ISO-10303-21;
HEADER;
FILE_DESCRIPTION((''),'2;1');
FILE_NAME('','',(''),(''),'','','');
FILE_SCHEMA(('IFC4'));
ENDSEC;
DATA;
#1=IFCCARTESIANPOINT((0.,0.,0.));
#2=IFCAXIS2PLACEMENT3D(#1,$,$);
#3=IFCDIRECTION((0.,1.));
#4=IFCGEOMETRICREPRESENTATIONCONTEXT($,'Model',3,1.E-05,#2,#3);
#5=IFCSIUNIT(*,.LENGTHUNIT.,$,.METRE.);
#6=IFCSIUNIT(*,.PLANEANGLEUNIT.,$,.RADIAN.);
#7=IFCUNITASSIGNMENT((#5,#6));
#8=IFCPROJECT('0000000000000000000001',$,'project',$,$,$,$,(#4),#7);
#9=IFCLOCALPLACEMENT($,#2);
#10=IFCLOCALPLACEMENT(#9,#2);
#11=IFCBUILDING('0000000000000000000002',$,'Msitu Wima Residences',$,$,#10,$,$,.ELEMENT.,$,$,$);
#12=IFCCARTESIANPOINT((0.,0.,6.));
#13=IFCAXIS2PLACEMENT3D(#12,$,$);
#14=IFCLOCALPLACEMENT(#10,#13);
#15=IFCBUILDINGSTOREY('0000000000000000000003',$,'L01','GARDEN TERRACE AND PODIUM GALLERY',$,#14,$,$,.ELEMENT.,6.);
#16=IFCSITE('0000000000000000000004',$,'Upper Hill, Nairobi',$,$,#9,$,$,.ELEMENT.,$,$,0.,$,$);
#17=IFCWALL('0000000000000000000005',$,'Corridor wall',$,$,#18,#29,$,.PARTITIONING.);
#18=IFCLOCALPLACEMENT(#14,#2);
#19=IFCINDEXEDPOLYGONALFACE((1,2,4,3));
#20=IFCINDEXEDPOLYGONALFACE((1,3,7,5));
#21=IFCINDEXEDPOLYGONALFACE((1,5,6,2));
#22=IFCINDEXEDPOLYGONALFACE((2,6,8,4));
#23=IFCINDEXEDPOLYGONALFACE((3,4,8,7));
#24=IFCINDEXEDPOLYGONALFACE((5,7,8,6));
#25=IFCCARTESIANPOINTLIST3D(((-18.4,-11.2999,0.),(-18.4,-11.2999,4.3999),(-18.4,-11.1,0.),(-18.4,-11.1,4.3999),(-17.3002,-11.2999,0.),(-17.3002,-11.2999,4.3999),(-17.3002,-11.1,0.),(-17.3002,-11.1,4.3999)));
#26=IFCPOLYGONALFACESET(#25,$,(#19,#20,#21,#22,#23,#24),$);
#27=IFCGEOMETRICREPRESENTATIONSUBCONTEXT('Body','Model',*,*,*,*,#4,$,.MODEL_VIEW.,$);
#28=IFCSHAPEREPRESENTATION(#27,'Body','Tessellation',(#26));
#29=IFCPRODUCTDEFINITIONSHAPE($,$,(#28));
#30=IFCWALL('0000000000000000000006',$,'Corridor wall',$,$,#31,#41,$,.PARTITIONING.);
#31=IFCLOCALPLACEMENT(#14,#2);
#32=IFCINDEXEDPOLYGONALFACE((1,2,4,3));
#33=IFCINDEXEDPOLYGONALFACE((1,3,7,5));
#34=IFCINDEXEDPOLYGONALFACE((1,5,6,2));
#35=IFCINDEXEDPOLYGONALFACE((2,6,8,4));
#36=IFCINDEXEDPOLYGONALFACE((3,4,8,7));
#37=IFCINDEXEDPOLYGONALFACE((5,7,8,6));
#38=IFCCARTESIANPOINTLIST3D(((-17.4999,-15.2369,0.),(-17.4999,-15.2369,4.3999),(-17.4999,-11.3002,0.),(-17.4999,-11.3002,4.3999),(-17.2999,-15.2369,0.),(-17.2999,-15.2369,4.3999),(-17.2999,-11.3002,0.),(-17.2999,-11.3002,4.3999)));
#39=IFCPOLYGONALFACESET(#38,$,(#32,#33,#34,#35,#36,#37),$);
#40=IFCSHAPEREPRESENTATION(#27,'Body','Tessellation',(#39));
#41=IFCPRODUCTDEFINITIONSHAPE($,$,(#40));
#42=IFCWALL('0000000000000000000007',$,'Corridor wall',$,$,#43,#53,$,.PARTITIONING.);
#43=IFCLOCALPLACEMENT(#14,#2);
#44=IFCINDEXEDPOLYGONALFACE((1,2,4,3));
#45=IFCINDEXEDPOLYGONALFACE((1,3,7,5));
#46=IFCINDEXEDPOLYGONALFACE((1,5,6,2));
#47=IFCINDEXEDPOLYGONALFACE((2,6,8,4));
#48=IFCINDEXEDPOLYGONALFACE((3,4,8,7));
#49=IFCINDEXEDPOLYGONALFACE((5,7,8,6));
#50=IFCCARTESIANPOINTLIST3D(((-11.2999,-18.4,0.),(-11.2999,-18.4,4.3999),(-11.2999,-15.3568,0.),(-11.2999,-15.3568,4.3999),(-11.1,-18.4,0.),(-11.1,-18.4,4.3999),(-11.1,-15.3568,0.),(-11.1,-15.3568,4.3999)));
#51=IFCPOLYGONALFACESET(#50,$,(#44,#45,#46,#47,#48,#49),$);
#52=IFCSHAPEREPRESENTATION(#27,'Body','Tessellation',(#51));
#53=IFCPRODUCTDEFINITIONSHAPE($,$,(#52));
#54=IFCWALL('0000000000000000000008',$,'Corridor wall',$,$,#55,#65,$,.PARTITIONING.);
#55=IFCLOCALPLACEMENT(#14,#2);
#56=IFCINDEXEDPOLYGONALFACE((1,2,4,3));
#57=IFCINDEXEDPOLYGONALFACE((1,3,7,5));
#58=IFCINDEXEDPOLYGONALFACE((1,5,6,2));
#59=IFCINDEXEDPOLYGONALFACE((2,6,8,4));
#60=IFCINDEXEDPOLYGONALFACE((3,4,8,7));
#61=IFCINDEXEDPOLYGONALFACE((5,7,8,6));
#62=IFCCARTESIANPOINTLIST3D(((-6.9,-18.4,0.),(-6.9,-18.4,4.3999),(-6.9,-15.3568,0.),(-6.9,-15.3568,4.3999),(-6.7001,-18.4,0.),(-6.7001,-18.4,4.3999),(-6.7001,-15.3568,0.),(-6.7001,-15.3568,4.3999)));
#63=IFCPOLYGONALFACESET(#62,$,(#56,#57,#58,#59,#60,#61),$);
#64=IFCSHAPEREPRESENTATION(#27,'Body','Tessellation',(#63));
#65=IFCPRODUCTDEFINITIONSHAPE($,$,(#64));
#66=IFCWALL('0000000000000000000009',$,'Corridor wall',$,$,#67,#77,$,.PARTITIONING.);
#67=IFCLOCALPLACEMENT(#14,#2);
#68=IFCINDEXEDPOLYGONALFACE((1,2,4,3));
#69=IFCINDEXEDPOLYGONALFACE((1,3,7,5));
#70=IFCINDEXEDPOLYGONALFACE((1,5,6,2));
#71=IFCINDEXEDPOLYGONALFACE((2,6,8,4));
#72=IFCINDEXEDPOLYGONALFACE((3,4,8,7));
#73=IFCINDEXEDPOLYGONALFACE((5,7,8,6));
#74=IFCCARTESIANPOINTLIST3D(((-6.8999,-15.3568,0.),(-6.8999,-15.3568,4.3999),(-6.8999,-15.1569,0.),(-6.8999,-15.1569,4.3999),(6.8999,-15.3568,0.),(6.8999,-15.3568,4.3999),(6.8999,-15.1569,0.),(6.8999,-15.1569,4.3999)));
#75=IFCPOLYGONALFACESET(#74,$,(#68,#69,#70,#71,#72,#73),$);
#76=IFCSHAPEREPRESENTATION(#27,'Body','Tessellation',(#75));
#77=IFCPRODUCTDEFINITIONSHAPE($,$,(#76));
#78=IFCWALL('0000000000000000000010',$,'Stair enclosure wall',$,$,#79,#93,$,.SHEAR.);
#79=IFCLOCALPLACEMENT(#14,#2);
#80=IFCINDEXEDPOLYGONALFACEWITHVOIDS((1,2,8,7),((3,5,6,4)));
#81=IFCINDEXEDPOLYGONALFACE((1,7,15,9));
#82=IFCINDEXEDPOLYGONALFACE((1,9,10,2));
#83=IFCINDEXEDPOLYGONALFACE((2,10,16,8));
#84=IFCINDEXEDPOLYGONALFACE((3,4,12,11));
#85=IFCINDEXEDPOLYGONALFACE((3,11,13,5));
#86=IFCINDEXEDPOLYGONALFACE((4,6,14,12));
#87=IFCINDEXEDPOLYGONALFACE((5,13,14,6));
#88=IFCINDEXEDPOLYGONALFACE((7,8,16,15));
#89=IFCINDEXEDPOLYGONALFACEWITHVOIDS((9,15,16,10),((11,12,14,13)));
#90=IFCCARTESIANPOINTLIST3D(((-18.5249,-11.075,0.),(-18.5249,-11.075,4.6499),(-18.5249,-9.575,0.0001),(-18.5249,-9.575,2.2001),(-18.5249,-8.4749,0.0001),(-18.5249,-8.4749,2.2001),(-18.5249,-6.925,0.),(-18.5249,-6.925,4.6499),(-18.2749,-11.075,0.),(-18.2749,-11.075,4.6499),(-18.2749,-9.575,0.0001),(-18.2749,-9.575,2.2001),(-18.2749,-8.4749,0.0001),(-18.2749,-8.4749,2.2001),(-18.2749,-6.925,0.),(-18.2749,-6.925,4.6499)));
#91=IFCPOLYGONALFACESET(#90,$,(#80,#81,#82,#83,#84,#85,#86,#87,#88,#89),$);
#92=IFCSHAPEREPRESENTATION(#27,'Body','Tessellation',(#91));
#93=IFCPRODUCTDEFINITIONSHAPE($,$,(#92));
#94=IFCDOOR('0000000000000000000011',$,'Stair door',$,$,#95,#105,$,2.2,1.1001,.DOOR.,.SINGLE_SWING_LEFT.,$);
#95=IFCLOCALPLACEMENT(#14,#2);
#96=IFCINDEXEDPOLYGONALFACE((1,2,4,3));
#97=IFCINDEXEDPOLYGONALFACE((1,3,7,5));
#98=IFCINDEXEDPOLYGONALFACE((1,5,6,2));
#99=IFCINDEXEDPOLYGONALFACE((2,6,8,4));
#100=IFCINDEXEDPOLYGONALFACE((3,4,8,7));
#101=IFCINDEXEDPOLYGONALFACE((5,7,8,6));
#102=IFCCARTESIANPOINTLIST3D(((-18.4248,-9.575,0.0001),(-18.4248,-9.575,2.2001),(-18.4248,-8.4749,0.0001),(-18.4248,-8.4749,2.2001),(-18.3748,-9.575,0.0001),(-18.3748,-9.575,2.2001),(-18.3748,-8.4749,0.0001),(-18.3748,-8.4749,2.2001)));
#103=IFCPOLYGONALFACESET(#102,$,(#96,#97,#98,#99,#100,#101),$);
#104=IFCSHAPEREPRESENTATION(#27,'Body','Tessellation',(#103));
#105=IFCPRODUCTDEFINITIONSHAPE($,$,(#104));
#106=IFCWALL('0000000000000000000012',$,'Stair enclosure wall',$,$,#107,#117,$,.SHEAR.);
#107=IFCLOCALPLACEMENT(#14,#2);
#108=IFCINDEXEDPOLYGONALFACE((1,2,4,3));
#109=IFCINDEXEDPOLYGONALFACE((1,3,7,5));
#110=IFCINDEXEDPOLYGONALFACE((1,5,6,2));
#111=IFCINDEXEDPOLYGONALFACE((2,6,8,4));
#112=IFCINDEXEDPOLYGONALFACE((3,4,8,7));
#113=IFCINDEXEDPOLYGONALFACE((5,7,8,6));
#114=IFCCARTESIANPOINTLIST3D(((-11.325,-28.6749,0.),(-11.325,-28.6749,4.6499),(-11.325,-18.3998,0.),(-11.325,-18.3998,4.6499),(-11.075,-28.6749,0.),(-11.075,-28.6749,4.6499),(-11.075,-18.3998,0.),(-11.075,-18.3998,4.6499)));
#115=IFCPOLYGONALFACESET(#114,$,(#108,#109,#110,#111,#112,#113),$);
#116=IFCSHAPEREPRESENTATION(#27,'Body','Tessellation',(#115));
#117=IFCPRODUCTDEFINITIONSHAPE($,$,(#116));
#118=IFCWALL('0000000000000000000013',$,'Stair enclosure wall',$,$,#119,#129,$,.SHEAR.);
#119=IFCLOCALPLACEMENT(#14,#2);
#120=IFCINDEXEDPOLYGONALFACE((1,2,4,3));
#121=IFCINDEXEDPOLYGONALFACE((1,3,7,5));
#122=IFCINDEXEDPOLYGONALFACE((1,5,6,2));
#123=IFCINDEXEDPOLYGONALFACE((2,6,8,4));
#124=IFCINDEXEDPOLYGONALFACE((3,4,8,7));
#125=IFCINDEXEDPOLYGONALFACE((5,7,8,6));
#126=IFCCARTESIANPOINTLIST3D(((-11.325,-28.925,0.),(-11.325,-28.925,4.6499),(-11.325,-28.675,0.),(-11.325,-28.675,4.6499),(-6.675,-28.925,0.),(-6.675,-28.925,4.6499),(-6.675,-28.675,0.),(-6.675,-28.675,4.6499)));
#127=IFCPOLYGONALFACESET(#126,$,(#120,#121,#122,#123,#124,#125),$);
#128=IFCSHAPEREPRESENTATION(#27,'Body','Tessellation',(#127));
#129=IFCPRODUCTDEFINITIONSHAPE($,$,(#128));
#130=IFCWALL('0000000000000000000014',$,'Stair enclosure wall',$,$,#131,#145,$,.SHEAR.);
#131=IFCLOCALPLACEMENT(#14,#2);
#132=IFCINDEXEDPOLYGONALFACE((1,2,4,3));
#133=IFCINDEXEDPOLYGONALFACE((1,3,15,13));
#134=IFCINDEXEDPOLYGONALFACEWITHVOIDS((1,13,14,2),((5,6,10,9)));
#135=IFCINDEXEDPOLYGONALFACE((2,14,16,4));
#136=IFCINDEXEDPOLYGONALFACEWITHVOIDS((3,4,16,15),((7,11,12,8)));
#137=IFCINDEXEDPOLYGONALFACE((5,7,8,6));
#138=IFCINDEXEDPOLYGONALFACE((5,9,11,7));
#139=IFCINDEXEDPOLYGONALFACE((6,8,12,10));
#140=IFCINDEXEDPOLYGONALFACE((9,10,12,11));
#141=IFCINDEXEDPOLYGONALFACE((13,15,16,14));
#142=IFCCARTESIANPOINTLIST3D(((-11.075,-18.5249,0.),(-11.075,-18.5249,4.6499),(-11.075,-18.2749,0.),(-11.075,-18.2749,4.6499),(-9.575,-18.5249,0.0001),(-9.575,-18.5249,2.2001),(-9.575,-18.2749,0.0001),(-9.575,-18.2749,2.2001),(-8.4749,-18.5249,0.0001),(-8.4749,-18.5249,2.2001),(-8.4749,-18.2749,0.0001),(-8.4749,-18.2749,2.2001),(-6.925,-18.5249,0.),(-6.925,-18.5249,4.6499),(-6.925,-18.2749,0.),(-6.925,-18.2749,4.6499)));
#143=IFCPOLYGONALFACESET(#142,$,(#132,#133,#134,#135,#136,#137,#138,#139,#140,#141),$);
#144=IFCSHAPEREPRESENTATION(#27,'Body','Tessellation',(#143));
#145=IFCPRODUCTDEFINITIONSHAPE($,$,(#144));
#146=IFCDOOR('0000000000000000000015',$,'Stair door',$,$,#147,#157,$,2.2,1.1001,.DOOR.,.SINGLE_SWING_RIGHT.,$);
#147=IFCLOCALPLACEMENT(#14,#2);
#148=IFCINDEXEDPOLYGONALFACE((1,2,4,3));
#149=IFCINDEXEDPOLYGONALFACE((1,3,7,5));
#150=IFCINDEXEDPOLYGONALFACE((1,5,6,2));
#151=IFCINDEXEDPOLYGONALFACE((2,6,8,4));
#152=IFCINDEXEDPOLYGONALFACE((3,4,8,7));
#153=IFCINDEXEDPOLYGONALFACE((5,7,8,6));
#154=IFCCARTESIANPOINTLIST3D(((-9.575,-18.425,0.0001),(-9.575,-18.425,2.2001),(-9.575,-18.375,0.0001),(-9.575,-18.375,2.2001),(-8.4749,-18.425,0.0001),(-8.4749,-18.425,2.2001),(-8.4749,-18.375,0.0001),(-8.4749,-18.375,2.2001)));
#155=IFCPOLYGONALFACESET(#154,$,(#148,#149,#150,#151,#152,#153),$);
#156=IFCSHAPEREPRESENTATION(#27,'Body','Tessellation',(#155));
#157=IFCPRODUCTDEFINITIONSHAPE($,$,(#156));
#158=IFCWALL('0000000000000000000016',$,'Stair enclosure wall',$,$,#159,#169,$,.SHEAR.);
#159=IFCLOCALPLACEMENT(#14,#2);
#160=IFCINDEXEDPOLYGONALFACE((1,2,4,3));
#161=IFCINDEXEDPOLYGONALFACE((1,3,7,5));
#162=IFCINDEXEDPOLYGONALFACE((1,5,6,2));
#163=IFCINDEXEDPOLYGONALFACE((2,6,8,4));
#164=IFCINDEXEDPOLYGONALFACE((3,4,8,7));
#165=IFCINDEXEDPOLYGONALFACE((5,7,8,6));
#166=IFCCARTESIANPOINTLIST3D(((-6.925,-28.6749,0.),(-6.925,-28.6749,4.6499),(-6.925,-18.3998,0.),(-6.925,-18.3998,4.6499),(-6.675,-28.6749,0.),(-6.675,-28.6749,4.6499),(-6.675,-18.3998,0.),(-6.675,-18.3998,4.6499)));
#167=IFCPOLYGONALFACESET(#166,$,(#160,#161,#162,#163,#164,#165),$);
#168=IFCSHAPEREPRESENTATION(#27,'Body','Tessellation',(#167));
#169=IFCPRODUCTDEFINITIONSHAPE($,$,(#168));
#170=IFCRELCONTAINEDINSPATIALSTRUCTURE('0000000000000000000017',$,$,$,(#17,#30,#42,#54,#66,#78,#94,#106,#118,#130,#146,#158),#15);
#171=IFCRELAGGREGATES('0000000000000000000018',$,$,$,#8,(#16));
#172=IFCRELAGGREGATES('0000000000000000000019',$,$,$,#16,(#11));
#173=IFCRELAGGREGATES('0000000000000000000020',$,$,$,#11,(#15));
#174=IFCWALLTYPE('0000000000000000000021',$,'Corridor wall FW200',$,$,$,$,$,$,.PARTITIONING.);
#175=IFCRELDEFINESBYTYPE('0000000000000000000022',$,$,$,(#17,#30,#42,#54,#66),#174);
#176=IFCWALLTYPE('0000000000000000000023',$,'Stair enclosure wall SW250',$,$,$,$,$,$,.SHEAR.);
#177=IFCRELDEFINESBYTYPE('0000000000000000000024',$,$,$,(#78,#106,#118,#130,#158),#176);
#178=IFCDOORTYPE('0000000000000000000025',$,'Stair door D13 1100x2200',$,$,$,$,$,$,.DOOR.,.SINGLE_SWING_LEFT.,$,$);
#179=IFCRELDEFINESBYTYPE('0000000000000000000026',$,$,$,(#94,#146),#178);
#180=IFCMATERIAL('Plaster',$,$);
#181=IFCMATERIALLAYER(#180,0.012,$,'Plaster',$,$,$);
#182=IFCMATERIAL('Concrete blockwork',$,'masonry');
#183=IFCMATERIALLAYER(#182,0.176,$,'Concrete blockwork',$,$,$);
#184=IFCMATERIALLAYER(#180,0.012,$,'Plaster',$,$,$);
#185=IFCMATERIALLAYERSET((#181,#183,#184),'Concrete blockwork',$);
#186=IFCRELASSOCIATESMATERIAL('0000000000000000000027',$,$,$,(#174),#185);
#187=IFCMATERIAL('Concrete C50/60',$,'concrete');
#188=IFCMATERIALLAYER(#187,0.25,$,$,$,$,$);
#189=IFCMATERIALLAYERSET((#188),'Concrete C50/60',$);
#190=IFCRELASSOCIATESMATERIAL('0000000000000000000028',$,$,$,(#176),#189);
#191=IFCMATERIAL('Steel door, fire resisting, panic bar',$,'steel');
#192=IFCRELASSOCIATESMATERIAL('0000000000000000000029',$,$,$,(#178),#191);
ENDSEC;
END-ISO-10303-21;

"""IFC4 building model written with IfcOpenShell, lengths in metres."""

from ifc_helpers import new_model, si_unit, direction, frame, frame_2d, origin, place, context, subcontext, project, spatial, rectangle, extrude, material, layer, layer_set, type_object, element, fill, save


model = new_model("IFC4")

# Units and contexts
model_context = context("Model", 3, precision=1e-05, world=origin(), true_north=direction((0.0, 1.0)))
body_context = subcontext(model_context, "Body", "Model", "MODEL_VIEW")
ifc_project = project(units=[si_unit("LENGTHUNIT", "METRE"), si_unit("PLANEANGLEUNIT", "RADIAN")], contexts=[model_context])

# Site, building, storey
site_placement = place(None, origin())
site = spatial("IfcSite", under=ifc_project, at=site_placement, Name="Upper Hill, Nairobi", CompositionType="ELEMENT", RefElevation=0.0)
building_placement = place(site_placement, origin())
building = spatial("IfcBuilding", under=site, at=building_placement, Name="Msitu Wima Residences", CompositionType="ELEMENT")
storey_placement = place(building_placement, frame((0.0, 0.0, 6.0)))
storey = spatial("IfcBuildingStorey", under=building, at=storey_placement, Name="L01", Description="GARDEN TERRACE AND PODIUM GALLERY", CompositionType="ELEMENT", Elevation=6.0)

# Shared definitions
ifc_material_1 = material(Name="Steel door, fire resisting, panic bar", Category="steel")

# Walls
ifc_material_2 = material(Name="Plaster")
ifc_layer_1 = layer(ifc_material_2, 0.012, Name="Plaster")
ifc_material_3 = material(Name="Concrete blockwork", Category="masonry")
ifc_layer_2 = layer(ifc_material_3, 0.176, Name="Concrete blockwork")
ifc_layer_3 = layer(ifc_material_2, 0.012, Name="Plaster")
ifc_layer_set_1 = layer_set([ifc_layer_1, ifc_layer_2, ifc_layer_3], Name="Concrete blockwork")
wall_type_1 = type_object("IfcWallType", Name="Corridor wall FW200", PredefinedType="PARTITIONING", material=ifc_layer_set_1)
wall_1_placement = place(storey_placement, frame((-18.3999, -11.2, 0.0), z_axis=(0.0, 0.0, 1.0), x_axis=(1.0, 0.0, 0.0)))
element("IfcWall", 1, at=wall_1_placement, inside=storey, type_object=wall_type_1, Name="Corridor wall", PredefinedType="PARTITIONING", context=body_context, shape_type="SweptSolid", body=[
    extrude(rectangle(XDim=1.0999, YDim=0.2, at=frame_2d((0.5498, 0.0))), origin(), (0.0, 0.0, 1.0), 4.3999),
])
wall_2_placement = place(storey_placement, frame((-17.3999, -15.2368, 0.0), z_axis=(0.0, 0.0, 1.0), x_axis=(0.0, 1.0, 0.0)))
element("IfcWall", 2, at=wall_2_placement, inside=storey, type_object=wall_type_1, Name="Corridor wall", PredefinedType="PARTITIONING", context=body_context, shape_type="SweptSolid", body=[
    extrude(rectangle(XDim=3.9368, YDim=0.2, at=frame_2d((1.9683, 0.0))), origin(), (0.0, 0.0, 1.0), 4.3999),
])

# Walls
for number, where, z_axis, x_axis, name in (
    (3, (-11.2, -18.3999, 0.0), (0.0, 0.0, 1.0), (0.0, 1.0, 0.0), "Corridor wall"),
    (4, (-6.8, -18.3999, 0.0), (0.0, 0.0, 1.0), (0.0, 1.0, 0.0), "Corridor wall"),
):
    element("IfcWall", number, at=place(storey_placement, frame(where, z_axis=z_axis, x_axis=x_axis)), inside=storey, type_object=wall_type_1, Name=name, PredefinedType="PARTITIONING", context=body_context, shape_type="SweptSolid", body=[
        extrude(rectangle(XDim=3.0432, YDim=0.2, at=frame_2d((1.5215, 0.0))), origin(), (0.0, 0.0, 1.0), 4.3999),
    ])
wall_3_placement = place(storey_placement, frame((-6.8999, -15.2568, 0.0), z_axis=(0.0, 0.0, 1.0), x_axis=(1.0, 0.0, 0.0)))
element("IfcWall", 5, at=wall_3_placement, inside=storey, type_object=wall_type_1, Name="Corridor wall", PredefinedType="PARTITIONING", context=body_context, shape_type="SweptSolid", body=[
    extrude(rectangle(XDim=13.7998, YDim=0.2, at=frame_2d((6.8999, 0.0))), origin(), (0.0, 0.0, 1.0), 4.3999),
])

# Wall, opening, door
ifc_material_4 = material(Name="Concrete C50/60", Category="concrete")
ifc_layer_4 = layer(ifc_material_4, 0.25)
ifc_layer_set_2 = layer_set([ifc_layer_4], Name="Concrete C50/60")
wall_type_2 = type_object("IfcWallType", Name="Stair enclosure wall SW250", PredefinedType="SHEAR", material=ifc_layer_set_2)
wall_4_placement = place(storey_placement, frame((-18.3999, -11.075, 0.0), z_axis=(0.0, 0.0, 1.0), x_axis=(0.0, 1.0, 0.0)))
wall_4 = element("IfcWall", 6, at=wall_4_placement, inside=storey, type_object=wall_type_2, Name="Stair enclosure wall", PredefinedType="SHEAR", context=body_context, shape_type="SweptSolid", body=[
    extrude(rectangle(XDim=4.1499, YDim=0.25, at=frame_2d((2.075, 0.0))), origin(), (0.0, 0.0, 1.0), 4.6499),
])
opening_1_placement = place(wall_4_placement, frame((1.5, 0.0, 0.0)))
opening_1 = element("IfcOpeningElement", 7, at=opening_1_placement, cuts=wall_4, PredefinedType="OPENING", context=body_context, shape_type="SweptSolid", body=[
    extrude(rectangle(XDim=1.1001, YDim=2.2, at=frame_2d((0.55, 1.1001))), frame((0.0, 0.135, 0.0), z_axis=(0.0, -1.0, 0.0), x_axis=(1.0, 0.0, 0.0)), (0.0, 0.0, 1.0), 0.27),
])
door_type_1 = type_object("IfcDoorType", Name="Stair door D13 1100x2200", OperationType="SINGLE_SWING_LEFT", PredefinedType="DOOR", material=ifc_material_1)
door_1_placement = place(opening_1_placement, origin())
door_1 = element("IfcDoor", 8, at=door_1_placement, inside=storey, type_object=door_type_1, Name="Stair door", OperationType="SINGLE_SWING_LEFT", OverallHeight=2.2, OverallWidth=1.1001, PredefinedType="DOOR", context=body_context, shape_type="SweptSolid", body=[
    extrude(rectangle(XDim=1.1001, YDim=2.2, at=frame_2d((0.55, 1.1001))), frame((0.0, 0.0249, 0.0), z_axis=(0.0, -1.0, 0.0), x_axis=(1.0, 0.0, 0.0)), (0.0, 0.0, 1.0), 0.05),
])
fill(opening_1, door_1)

# Walls
wall_5_placement = place(storey_placement, frame((-11.2, -28.675, 0.0), z_axis=(0.0, 0.0, 1.0), x_axis=(0.0, 1.0, 0.0)))
element("IfcWall", 9, at=wall_5_placement, inside=storey, type_object=wall_type_2, Name="Stair enclosure wall", PredefinedType="SHEAR", context=body_context, shape_type="SweptSolid", body=[
    extrude(rectangle(XDim=10.2751, YDim=0.25, at=frame_2d((5.1377, 0.0))), origin(), (0.0, 0.0, 1.0), 4.6499),
])
wall_6_placement = place(storey_placement, frame((-11.325, -28.8, 0.0), z_axis=(0.0, 0.0, 1.0), x_axis=(1.0, 0.0, 0.0)))
element("IfcWall", 10, at=wall_6_placement, inside=storey, type_object=wall_type_2, Name="Stair enclosure wall", PredefinedType="SHEAR", context=body_context, shape_type="SweptSolid", body=[
    extrude(rectangle(XDim=4.6499, YDim=0.25, at=frame_2d((2.325, 0.0))), origin(), (0.0, 0.0, 1.0), 4.6499),
])

# Wall, opening, door
wall_7_placement = place(storey_placement, frame((-11.075, -18.3999, 0.0), z_axis=(0.0, 0.0, 1.0), x_axis=(1.0, 0.0, 0.0)))
wall_7 = element("IfcWall", 11, at=wall_7_placement, inside=storey, type_object=wall_type_2, Name="Stair enclosure wall", PredefinedType="SHEAR", context=body_context, shape_type="SweptSolid", body=[
    extrude(rectangle(XDim=4.1499, YDim=0.25, at=frame_2d((2.075, 0.0))), origin(), (0.0, 0.0, 1.0), 4.6499),
])
opening_2_placement = place(wall_7_placement, frame((1.5, 0.0, 0.0)))
opening_2 = element("IfcOpeningElement", 12, at=opening_2_placement, cuts=wall_7, PredefinedType="OPENING", context=body_context, shape_type="SweptSolid", body=[
    extrude(rectangle(XDim=1.1001, YDim=2.2, at=frame_2d((0.55, 1.1001))), frame((0.0, 0.135, 0.0), z_axis=(0.0, -1.0, 0.0), x_axis=(1.0, 0.0, 0.0)), (0.0, 0.0, 1.0), 0.27),
])
door_2_placement = place(opening_2_placement, origin())
door_2 = element("IfcDoor", 13, at=door_2_placement, inside=storey, type_object=door_type_1, Name="Stair door", OperationType="SINGLE_SWING_RIGHT", OverallHeight=2.2, OverallWidth=1.1001, PredefinedType="DOOR", context=body_context, shape_type="SweptSolid", body=[
    extrude(rectangle(XDim=1.1001, YDim=2.2, at=frame_2d((0.55, 1.1001))), frame((0.0, 0.0249, 0.0), z_axis=(0.0, -1.0, 0.0), x_axis=(1.0, 0.0, 0.0)), (0.0, 0.0, 1.0), 0.05),
])
fill(opening_2, door_2)

# Wall
wall_8_placement = place(storey_placement, frame((-6.8, -28.675, 0.0), z_axis=(0.0, 0.0, 1.0), x_axis=(0.0, 1.0, 0.0)))
element("IfcWall", 14, at=wall_8_placement, inside=storey, type_object=wall_type_2, Name="Stair enclosure wall", PredefinedType="SHEAR", context=body_context, shape_type="SweptSolid", body=[
    extrude(rectangle(XDim=10.2751, YDim=0.25, at=frame_2d((5.1377, 0.0))), origin(), (0.0, 0.0, 1.0), 4.6499),
])

save(model, "model.ifc")
